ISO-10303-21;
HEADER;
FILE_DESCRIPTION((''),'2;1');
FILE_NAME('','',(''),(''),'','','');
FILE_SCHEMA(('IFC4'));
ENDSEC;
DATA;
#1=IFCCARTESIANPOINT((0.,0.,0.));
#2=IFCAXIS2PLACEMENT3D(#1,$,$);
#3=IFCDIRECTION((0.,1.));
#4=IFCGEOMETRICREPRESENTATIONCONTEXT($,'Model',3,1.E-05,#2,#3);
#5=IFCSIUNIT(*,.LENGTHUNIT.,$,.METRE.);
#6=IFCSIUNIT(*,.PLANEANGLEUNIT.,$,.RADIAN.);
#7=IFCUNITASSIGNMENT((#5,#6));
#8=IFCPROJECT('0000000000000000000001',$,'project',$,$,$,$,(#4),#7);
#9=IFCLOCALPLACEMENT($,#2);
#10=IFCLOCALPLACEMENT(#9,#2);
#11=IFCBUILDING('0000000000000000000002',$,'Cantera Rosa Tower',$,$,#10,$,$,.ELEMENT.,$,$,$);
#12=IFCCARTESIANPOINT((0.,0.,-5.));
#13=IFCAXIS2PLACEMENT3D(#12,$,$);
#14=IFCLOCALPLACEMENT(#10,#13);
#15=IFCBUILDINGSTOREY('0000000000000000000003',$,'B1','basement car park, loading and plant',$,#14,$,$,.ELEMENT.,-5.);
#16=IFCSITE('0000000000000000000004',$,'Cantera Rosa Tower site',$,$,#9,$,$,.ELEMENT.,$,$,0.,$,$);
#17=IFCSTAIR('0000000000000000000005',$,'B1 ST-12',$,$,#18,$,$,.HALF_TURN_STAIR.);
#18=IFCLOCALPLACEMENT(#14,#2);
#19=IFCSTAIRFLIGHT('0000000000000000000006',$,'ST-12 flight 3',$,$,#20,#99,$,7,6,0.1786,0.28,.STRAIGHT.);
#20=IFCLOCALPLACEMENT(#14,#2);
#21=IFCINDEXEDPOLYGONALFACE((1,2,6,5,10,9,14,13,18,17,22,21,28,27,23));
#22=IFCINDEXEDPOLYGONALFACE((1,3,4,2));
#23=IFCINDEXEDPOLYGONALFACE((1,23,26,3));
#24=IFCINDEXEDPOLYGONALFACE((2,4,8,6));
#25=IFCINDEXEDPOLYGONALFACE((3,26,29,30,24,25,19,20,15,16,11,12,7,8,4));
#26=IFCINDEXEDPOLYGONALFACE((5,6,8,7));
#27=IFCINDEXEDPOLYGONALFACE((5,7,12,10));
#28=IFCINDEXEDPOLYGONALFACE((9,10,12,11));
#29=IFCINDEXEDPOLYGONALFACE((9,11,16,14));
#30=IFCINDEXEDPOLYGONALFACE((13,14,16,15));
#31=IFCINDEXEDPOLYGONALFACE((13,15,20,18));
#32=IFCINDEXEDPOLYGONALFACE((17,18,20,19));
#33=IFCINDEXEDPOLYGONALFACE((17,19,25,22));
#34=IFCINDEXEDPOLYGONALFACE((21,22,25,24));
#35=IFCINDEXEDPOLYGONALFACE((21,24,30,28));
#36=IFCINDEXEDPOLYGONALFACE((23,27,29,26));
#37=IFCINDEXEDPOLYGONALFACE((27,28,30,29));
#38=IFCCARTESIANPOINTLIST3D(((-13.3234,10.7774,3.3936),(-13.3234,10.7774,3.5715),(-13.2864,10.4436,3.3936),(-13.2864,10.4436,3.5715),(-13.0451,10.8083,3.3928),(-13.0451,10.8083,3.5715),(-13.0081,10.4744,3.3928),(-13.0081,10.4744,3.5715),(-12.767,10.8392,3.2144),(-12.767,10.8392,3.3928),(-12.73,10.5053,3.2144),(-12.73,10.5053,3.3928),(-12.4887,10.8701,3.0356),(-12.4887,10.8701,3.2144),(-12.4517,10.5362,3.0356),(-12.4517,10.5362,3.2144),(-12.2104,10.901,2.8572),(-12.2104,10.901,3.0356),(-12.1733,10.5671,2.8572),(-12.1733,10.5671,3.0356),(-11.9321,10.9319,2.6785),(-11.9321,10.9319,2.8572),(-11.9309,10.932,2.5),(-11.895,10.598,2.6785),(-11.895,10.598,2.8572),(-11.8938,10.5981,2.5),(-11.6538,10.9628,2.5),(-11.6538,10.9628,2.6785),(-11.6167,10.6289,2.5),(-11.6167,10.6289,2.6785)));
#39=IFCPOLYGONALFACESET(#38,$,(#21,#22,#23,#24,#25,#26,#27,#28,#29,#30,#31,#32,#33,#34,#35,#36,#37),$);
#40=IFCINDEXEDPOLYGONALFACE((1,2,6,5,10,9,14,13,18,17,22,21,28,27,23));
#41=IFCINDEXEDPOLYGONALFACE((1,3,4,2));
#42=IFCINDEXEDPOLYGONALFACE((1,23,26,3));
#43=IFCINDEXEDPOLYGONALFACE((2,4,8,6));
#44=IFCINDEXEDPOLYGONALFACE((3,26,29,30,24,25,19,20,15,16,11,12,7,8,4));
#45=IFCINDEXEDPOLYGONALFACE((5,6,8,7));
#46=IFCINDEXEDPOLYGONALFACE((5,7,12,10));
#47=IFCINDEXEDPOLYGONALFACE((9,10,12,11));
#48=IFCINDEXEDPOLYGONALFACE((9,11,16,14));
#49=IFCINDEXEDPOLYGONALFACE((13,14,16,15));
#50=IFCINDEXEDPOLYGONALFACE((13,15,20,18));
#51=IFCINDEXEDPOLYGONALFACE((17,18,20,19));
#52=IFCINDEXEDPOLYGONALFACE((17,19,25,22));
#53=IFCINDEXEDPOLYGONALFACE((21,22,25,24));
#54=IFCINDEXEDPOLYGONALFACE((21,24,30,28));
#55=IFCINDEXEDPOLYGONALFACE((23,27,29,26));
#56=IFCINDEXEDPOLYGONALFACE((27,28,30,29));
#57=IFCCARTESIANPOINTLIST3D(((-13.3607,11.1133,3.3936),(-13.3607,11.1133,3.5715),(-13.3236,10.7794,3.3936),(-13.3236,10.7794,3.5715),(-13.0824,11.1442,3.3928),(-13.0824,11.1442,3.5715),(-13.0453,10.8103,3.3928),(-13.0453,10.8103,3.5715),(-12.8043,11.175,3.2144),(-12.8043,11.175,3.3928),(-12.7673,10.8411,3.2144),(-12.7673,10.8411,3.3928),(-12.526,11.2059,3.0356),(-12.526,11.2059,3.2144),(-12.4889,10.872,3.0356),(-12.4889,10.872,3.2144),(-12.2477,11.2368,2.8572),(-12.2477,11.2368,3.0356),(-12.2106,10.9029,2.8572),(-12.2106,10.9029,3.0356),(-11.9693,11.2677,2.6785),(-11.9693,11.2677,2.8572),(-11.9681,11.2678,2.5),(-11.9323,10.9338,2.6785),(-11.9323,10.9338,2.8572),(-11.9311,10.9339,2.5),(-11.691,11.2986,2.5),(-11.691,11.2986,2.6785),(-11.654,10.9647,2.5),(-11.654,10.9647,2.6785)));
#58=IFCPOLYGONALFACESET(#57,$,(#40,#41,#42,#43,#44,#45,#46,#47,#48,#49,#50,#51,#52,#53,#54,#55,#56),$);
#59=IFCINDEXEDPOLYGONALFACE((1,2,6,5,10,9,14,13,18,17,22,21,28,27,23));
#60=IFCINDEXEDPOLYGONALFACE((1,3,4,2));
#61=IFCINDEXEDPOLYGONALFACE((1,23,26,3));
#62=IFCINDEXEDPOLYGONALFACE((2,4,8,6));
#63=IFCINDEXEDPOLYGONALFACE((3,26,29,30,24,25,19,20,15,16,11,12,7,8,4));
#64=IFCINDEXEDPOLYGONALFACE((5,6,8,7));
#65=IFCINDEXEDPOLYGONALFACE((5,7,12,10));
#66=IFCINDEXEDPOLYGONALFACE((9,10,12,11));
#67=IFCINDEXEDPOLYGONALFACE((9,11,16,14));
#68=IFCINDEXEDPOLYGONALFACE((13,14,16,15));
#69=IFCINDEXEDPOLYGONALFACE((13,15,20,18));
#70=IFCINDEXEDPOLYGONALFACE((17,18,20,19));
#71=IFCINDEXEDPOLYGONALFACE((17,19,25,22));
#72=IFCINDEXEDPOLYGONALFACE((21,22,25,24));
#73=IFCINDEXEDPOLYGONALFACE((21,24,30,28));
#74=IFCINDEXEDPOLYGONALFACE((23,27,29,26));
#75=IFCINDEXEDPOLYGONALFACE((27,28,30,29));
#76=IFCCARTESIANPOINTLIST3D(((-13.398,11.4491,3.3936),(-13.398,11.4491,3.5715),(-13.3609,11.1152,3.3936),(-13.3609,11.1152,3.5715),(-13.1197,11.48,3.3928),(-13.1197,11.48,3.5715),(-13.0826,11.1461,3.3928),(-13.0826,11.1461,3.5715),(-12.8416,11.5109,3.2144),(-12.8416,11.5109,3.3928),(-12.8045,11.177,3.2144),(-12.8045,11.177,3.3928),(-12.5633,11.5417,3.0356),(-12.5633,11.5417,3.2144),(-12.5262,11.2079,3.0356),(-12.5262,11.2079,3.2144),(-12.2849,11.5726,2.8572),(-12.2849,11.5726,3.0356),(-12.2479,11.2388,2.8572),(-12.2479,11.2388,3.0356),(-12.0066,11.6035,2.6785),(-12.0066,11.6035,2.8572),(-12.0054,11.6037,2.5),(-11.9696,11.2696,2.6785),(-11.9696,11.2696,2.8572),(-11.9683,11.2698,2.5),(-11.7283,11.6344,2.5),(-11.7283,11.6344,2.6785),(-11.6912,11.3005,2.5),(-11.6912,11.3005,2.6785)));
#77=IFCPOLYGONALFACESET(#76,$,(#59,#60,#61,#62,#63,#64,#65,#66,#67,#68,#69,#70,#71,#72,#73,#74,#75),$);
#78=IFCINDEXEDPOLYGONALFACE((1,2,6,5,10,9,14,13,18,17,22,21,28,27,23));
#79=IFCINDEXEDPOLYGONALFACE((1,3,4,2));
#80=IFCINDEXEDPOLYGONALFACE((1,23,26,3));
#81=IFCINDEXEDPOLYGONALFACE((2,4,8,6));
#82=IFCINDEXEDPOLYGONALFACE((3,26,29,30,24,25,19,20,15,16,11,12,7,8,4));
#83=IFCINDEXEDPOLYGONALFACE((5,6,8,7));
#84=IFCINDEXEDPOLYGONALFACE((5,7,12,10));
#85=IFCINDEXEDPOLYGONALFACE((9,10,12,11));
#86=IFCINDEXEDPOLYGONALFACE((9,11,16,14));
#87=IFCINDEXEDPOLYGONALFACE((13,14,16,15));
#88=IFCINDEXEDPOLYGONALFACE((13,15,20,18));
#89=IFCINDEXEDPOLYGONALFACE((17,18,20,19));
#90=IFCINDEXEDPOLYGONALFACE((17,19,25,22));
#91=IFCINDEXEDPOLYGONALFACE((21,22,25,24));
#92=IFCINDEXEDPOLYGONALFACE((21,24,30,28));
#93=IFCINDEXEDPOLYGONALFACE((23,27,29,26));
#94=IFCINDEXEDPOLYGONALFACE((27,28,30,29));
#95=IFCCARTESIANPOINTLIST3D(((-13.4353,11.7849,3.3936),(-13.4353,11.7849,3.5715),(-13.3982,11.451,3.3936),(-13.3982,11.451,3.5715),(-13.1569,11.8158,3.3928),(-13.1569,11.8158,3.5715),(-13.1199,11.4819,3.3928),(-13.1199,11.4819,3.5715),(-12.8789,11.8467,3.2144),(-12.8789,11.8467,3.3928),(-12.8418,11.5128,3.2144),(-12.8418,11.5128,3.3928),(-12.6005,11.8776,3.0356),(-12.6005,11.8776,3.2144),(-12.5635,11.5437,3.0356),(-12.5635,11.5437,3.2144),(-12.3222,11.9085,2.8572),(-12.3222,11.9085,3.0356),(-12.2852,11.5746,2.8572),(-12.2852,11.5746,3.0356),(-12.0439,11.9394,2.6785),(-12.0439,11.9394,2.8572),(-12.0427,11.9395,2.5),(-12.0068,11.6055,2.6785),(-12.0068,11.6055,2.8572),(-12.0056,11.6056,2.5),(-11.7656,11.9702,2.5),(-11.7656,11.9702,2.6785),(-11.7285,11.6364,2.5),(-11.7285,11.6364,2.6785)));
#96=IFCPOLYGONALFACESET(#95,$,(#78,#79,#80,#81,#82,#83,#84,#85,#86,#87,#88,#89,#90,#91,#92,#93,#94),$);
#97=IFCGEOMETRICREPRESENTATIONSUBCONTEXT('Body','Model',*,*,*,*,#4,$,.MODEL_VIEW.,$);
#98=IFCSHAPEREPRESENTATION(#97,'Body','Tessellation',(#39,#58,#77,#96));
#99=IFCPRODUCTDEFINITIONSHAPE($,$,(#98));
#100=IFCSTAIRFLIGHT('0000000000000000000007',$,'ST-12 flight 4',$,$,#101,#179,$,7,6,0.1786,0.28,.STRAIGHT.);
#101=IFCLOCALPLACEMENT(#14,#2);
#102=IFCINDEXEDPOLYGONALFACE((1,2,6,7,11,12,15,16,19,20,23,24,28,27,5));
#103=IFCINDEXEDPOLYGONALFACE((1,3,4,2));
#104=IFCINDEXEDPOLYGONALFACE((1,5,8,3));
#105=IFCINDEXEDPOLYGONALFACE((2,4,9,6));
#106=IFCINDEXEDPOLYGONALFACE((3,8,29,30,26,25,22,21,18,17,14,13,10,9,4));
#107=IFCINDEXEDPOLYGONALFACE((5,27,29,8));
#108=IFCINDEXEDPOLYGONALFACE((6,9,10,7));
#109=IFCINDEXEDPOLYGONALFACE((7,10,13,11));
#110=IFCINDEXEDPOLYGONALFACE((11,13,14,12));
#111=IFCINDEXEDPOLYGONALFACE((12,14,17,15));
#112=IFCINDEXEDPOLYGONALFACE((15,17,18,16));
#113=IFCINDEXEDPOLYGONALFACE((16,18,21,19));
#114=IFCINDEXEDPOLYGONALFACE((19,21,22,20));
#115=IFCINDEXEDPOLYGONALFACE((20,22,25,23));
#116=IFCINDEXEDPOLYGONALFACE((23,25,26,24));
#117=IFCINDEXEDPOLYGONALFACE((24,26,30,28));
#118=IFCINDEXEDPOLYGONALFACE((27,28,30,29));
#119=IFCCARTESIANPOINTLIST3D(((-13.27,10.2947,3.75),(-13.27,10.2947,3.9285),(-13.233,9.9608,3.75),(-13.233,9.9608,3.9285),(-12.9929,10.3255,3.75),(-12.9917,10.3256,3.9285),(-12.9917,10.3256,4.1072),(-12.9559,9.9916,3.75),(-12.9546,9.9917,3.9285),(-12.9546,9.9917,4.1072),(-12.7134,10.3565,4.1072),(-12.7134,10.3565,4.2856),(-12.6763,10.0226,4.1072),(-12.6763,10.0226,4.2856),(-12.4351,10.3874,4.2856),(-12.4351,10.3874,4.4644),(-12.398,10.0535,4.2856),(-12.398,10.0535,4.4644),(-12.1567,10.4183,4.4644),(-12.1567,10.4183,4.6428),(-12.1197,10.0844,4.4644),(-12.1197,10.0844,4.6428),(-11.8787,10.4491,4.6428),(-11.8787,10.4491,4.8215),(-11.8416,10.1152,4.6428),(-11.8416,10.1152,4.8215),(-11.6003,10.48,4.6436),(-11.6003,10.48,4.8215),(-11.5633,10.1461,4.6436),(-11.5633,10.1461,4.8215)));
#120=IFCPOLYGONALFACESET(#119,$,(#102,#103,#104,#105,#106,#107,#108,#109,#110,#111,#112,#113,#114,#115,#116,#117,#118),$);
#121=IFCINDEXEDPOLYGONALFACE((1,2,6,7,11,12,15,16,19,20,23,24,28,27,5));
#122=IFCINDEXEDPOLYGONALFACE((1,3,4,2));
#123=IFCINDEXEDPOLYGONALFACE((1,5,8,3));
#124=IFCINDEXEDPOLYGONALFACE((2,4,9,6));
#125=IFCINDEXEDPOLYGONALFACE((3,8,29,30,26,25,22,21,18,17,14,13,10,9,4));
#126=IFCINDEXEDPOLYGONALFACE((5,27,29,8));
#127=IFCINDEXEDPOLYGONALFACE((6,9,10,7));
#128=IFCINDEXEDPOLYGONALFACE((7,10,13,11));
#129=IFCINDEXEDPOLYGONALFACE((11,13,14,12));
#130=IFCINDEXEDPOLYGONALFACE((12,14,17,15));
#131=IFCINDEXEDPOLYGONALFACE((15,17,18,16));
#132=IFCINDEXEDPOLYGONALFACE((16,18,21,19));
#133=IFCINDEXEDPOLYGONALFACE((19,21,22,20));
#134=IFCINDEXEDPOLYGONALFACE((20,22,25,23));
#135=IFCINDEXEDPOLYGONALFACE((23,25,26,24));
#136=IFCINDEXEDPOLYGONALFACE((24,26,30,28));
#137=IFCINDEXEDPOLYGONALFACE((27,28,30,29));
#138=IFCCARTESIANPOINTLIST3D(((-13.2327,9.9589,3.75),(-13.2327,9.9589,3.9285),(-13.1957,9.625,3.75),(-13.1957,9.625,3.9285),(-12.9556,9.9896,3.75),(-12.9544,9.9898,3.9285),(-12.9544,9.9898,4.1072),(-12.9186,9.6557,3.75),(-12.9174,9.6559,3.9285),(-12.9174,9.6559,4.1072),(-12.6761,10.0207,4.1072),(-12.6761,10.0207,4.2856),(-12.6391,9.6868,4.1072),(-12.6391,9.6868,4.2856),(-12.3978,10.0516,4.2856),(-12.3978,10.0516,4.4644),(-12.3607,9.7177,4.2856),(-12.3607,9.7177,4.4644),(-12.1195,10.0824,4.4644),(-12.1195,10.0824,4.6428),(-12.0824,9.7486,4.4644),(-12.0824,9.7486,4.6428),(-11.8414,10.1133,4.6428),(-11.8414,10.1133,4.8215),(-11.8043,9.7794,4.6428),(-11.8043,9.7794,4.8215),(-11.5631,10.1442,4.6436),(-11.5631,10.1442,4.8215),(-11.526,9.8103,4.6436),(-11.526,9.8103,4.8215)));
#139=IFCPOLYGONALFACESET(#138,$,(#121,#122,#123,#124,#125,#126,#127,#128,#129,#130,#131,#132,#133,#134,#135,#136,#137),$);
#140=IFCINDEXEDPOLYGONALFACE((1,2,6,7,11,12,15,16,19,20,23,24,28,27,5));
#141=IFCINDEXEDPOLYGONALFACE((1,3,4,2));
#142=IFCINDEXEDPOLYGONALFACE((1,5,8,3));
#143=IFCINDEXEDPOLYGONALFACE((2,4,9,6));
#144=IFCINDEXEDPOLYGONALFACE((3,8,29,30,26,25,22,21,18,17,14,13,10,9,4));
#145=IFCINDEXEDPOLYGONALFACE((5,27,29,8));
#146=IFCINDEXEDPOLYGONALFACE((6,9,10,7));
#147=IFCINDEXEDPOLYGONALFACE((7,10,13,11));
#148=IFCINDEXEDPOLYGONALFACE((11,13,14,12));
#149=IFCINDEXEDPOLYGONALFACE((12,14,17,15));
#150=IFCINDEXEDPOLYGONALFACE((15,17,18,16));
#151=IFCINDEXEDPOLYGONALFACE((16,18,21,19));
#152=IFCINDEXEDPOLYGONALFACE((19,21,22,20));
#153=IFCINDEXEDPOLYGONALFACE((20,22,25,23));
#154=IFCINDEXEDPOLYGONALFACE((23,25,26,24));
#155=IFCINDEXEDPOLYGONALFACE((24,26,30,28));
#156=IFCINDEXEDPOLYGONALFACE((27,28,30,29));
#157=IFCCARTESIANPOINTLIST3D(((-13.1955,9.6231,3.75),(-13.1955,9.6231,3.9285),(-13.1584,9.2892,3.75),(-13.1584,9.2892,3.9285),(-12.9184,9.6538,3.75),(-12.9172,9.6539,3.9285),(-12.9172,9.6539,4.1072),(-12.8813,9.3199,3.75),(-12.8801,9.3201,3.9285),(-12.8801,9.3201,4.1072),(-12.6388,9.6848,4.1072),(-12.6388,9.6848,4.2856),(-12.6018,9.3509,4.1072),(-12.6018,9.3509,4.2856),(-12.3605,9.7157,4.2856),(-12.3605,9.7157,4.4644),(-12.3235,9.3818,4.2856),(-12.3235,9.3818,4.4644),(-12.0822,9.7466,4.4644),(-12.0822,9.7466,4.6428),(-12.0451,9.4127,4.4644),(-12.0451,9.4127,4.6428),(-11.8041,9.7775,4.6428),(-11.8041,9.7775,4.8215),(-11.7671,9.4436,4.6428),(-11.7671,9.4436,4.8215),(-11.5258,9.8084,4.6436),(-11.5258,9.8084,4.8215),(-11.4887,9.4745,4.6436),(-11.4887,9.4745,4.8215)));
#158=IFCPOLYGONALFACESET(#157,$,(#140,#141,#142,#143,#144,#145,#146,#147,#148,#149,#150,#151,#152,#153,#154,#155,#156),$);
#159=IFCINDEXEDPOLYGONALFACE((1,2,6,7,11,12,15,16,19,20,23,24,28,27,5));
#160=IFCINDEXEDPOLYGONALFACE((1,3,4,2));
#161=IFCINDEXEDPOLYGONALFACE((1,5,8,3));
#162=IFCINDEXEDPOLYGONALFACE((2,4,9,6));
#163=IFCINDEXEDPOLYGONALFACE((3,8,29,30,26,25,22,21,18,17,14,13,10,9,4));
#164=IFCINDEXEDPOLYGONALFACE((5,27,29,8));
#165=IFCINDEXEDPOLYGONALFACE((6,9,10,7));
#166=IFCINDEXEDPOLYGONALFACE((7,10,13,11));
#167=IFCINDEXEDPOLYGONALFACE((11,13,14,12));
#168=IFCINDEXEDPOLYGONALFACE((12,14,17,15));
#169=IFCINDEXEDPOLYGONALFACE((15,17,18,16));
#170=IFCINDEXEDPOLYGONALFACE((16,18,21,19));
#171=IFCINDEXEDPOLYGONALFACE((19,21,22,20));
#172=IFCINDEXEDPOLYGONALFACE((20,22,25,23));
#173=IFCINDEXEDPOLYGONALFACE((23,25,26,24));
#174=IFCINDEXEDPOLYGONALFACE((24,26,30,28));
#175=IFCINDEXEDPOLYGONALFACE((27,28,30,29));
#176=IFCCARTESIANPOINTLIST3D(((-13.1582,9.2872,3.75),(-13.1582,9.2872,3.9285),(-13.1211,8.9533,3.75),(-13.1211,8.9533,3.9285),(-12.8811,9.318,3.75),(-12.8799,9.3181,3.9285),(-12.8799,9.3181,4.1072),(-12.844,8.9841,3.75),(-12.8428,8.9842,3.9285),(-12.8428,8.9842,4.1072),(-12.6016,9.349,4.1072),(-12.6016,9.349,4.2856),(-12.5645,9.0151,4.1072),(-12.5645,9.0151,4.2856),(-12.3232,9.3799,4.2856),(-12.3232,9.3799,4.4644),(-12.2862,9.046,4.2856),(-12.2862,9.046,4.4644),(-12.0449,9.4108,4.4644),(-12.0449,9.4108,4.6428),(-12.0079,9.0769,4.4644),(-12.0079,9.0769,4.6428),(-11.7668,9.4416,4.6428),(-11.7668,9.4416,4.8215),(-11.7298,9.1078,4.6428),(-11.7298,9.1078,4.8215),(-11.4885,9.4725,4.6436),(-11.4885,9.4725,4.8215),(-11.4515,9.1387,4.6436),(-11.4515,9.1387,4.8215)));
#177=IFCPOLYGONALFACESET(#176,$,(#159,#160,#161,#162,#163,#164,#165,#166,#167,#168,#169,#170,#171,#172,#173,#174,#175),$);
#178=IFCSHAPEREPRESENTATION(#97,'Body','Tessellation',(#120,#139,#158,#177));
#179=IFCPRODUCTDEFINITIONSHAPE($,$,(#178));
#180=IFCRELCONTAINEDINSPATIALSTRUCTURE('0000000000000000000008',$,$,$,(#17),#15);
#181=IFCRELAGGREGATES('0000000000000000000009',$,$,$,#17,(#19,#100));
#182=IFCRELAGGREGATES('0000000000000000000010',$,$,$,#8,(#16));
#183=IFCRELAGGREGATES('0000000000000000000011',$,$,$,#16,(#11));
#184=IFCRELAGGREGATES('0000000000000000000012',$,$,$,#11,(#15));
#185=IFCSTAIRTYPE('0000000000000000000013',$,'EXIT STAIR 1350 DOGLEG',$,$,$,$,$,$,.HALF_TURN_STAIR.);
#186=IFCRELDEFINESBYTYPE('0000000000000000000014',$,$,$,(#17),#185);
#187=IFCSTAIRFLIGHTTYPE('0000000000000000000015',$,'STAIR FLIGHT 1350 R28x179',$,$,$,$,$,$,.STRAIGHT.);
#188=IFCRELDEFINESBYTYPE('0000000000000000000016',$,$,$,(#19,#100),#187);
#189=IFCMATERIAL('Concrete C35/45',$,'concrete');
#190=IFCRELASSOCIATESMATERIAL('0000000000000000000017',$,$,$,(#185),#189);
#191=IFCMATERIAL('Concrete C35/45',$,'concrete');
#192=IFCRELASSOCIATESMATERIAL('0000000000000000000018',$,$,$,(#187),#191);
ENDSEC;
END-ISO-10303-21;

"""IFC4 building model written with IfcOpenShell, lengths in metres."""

from ifc_helpers import new_model, si_unit, direction, frame, origin, place, context, subcontext, project, spatial, polyline, outline, extrude, material, type_object, element, aggregate, save


model = new_model("IFC4")

# Units and contexts
model_context = context("Model", 3, precision=1e-05, world=origin(), true_north=direction((0.0, 1.0)))
body_context = subcontext(model_context, "Body", "Model", "MODEL_VIEW")
ifc_project = project(units=[si_unit("LENGTHUNIT", "METRE"), si_unit("PLANEANGLEUNIT", "RADIAN")], contexts=[model_context])

# Site, building, storey
site_placement = place(None, origin())
site = spatial("IfcSite", under=ifc_project, at=site_placement, Name="Cantera Rosa Tower site", CompositionType="ELEMENT", RefElevation=0.0)
building_placement = place(site_placement, origin())
building = spatial("IfcBuilding", under=site, at=building_placement, Name="Cantera Rosa Tower", CompositionType="ELEMENT")
storey_placement = place(building_placement, frame((0.0, 0.0, -5.0)))
storey = spatial("IfcBuildingStorey", under=building, at=storey_placement, Name="B1", Description="basement car park, loading and plant", CompositionType="ELEMENT", Elevation=-5.0)

# Stair, stair flights
ifc_material_1 = material(Name="Concrete C35/45", Category="concrete")
stair_type = type_object("IfcStairType", Name="EXIT STAIR 1350 DOGLEG", PredefinedType="HALF_TURN_STAIR", material=ifc_material_1)
stair_placement = place(storey_placement, origin())
stair = element("IfcStair", 1, at=stair_placement, inside=storey, type_object=stair_type, Name="B1 ST-12", PredefinedType="HALF_TURN_STAIR")
ifc_material_2 = material(Name="Concrete C35/45", Category="concrete")
stair_flight_type = type_object("IfcStairFlightType", Name="STAIR FLIGHT 1350 R28x179", PredefinedType="STRAIGHT", material=ifc_material_2)
stair_flight_1_placement = place(storey_placement, frame((-11.6912, 11.2998, 2.5), z_axis=(0.0, 0.0, 1.0), x_axis=(-0.993897, -0.110313, 0.0)))
stair_flight_1 = element("IfcStairFlight", 2, at=stair_flight_1_placement, type_object=stair_flight_type, Name="ST-12 flight 3", NumberOfRisers=7, NumberOfTreads=6, PredefinedType="STRAIGHT", RiserHeight=0.1786, TreadLength=0.28, context=body_context, shape_type="SweptSolid", body=[
    extrude(outline(polyline([(0.0, 0.0), (0.0, 0.1785), (0.28, 0.1785), (0.28, 0.3572), (0.5601, 0.3572), (0.5601, 0.5356), (0.8401, 0.5356), (0.8401, 0.7144), (1.1201, 0.7144), (1.1201, 0.8928), (1.3999, 0.8928), (1.3999, 1.0715), (1.6799, 1.0715), (1.6799, 1.25), (1.6799, 0.8936), (0.2788, 0.0), (0.0, 0.0)])), frame((0.0, 0.675, 0.0), z_axis=(0.0, -1.0, 0.0), x_axis=(1.0, 0.0, 0.0)), (0.0, 0.0, 1.0), 0.3359),
    extrude(outline(polyline([(0.0, 0.0), (0.0, 0.1785), (0.28, 0.1785), (0.28, 0.3572), (0.5601, 0.3572), (0.5601, 0.5356), (0.8401, 0.5356), (0.8401, 0.7144), (1.1201, 0.7144), (1.1201, 0.8928), (1.3999, 0.8928), (1.3999, 1.0715), (1.6799, 1.0715), (1.6799, 1.25), (1.6799, 0.8936), (0.2788, 0.0), (0.0, 0.0)])), frame((0.0, 0.3372, 0.0), z_axis=(0.0, -1.0, 0.0), x_axis=(1.0, 0.0, 0.0)), (0.0, 0.0, 1.0), 0.3359),
    extrude(outline(polyline([(0.0, 0.0), (0.0, 0.1785), (0.28, 0.1785), (0.28, 0.3572), (0.5601, 0.3572), (0.5601, 0.5356), (0.8401, 0.5356), (0.8401, 0.7144), (1.1201, 0.7144), (1.1201, 0.8928), (1.3999, 0.8928), (1.3999, 1.0715), (1.6799, 1.0715), (1.6799, 1.25), (1.6799, 0.8936), (0.2788, 0.0), (0.0, 0.0)])), frame((0.0, -0.0007, 0.0), z_axis=(0.0, -1.0, 0.0), x_axis=(1.0, 0.0, 0.0)), (0.0, 0.0, 1.0), 0.3359),
    extrude(outline(polyline([(0.0, 0.0), (0.0, 0.1785), (0.28, 0.1785), (0.28, 0.3572), (0.5601, 0.3572), (0.5601, 0.5356), (0.8401, 0.5356), (0.8401, 0.7144), (1.1201, 0.7144), (1.1201, 0.8928), (1.3999, 0.8928), (1.3999, 1.0715), (1.6799, 1.0715), (1.6799, 1.25), (1.6799, 0.8936), (0.2788, 0.0), (0.0, 0.0)])), frame((0.0, -0.3386, 0.0), z_axis=(0.0, -1.0, 0.0), x_axis=(1.0, 0.0, 0.0)), (0.0, 0.0, 1.0), 0.3359),
])
stair_flight_2_placement = place(storey_placement, frame((-13.1956, 9.6238, 3.75), z_axis=(0.0, 0.0, 1.0), x_axis=(0.993897, 0.110313, 0.0)))
stair_flight_2 = element("IfcStairFlight", 3, at=stair_flight_2_placement, type_object=stair_flight_type, Name="ST-12 flight 4", NumberOfRisers=7, NumberOfTreads=6, PredefinedType="STRAIGHT", RiserHeight=0.1786, TreadLength=0.28, context=body_context, shape_type="SweptSolid", body=[
    extrude(outline(polyline([(0.0, 0.0), (0.0, 0.1785), (0.28, 0.1785), (0.28, 0.3572), (0.5601, 0.3572), (0.5601, 0.5356), (0.8401, 0.5356), (0.8401, 0.7144), (1.1201, 0.7144), (1.1201, 0.8928), (1.3999, 0.8928), (1.3999, 1.0715), (1.6799, 1.0715), (1.6799, 1.25), (1.6799, 0.8936), (0.2788, 0.0), (0.0, 0.0)])), frame((0.0, 0.675, 0.0), z_axis=(0.0, -1.0, 0.0), x_axis=(1.0, 0.0, 0.0)), (0.0, 0.0, 1.0), 0.3359),
    extrude(outline(polyline([(0.0, 0.0), (0.0, 0.1785), (0.28, 0.1785), (0.28, 0.3572), (0.5601, 0.3572), (0.5601, 0.5356), (0.8401, 0.5356), (0.8401, 0.7144), (1.1201, 0.7144), (1.1201, 0.8928), (1.3999, 0.8928), (1.3999, 1.0715), (1.6799, 1.0715), (1.6799, 1.25), (1.6799, 0.8936), (0.2788, 0.0), (0.0, 0.0)])), frame((0.0, 0.3372, 0.0), z_axis=(0.0, -1.0, 0.0), x_axis=(1.0, 0.0, 0.0)), (0.0, 0.0, 1.0), 0.3359),
    extrude(outline(polyline([(0.0, 0.0), (0.0, 0.1785), (0.28, 0.1785), (0.28, 0.3572), (0.5601, 0.3572), (0.5601, 0.5356), (0.8401, 0.5356), (0.8401, 0.7144), (1.1201, 0.7144), (1.1201, 0.8928), (1.3999, 0.8928), (1.3999, 1.0715), (1.6799, 1.0715), (1.6799, 1.25), (1.6799, 0.8936), (0.2788, 0.0), (0.0, 0.0)])), frame((0.0, -0.0007, 0.0), z_axis=(0.0, -1.0, 0.0), x_axis=(1.0, 0.0, 0.0)), (0.0, 0.0, 1.0), 0.3359),
    extrude(outline(polyline([(0.0, 0.0), (0.0, 0.1785), (0.28, 0.1785), (0.28, 0.3572), (0.5601, 0.3572), (0.5601, 0.5356), (0.8401, 0.5356), (0.8401, 0.7144), (1.1201, 0.7144), (1.1201, 0.8928), (1.3999, 0.8928), (1.3999, 1.0715), (1.6799, 1.0715), (1.6799, 1.25), (1.6799, 0.8936), (0.2788, 0.0), (0.0, 0.0)])), frame((0.0, -0.3386, 0.0), z_axis=(0.0, -1.0, 0.0), x_axis=(1.0, 0.0, 0.0)), (0.0, 0.0, 1.0), 0.3359),
])
aggregate(stair, [stair_flight_1, stair_flight_2])

save(model, "model.ifc")
